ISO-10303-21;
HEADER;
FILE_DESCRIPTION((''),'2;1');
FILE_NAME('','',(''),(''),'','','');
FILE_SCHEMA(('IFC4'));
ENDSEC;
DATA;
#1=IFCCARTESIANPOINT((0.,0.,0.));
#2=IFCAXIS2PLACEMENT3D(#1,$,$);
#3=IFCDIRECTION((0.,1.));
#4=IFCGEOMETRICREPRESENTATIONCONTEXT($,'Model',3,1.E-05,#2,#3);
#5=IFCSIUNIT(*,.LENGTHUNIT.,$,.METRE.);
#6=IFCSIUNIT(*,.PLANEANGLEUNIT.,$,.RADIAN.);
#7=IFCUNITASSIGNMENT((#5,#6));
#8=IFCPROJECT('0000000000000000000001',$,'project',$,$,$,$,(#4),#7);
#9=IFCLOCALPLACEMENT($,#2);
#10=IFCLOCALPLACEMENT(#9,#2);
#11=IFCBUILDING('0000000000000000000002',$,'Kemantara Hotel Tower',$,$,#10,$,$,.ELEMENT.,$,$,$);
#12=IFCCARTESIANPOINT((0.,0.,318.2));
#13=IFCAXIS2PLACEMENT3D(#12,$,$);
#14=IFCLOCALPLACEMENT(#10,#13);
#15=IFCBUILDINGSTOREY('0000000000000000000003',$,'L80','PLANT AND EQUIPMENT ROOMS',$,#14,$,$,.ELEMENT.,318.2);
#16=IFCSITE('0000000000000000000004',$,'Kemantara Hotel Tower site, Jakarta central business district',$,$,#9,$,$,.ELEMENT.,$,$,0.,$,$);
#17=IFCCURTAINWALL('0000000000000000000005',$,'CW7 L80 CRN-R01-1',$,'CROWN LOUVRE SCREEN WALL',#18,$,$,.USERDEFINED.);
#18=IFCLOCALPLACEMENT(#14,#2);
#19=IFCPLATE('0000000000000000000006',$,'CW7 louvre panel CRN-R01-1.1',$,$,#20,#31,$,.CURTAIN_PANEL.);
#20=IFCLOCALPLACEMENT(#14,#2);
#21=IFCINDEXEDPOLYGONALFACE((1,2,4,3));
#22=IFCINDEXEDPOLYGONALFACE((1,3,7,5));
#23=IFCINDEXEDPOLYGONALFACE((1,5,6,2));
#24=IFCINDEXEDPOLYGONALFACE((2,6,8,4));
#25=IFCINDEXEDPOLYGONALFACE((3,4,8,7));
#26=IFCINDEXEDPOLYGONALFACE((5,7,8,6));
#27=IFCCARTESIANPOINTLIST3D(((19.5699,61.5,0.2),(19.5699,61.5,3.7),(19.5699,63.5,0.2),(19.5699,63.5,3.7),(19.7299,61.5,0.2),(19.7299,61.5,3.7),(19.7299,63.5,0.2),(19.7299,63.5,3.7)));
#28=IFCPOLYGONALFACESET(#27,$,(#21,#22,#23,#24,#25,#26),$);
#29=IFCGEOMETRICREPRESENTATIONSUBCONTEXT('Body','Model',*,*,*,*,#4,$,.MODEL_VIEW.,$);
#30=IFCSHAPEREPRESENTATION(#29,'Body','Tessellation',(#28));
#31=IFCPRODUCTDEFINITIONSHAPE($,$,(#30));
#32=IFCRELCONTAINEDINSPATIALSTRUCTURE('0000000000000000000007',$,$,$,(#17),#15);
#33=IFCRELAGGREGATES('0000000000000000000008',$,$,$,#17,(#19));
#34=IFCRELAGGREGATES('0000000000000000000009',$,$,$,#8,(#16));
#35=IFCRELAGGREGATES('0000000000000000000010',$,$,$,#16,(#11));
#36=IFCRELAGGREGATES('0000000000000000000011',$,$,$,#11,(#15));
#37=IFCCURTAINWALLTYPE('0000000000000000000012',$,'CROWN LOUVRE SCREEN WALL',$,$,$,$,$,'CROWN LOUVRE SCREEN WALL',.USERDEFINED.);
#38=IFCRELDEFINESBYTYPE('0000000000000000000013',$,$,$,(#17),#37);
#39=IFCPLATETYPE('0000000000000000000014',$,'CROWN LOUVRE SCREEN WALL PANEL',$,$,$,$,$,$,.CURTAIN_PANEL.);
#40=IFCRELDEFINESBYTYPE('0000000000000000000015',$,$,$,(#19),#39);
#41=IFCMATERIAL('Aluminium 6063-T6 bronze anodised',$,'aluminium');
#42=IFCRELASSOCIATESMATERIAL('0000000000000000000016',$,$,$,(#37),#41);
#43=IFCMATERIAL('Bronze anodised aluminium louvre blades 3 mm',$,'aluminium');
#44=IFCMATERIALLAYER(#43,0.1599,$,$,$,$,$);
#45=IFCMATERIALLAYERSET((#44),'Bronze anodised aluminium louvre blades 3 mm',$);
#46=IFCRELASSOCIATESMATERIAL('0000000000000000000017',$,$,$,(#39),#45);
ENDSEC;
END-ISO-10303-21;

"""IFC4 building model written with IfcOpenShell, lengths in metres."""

from ifc_helpers import new_model, si_unit, direction, frame, origin, origin_2d, place, context, subcontext, project, spatial, rectangle, extrude, source, transform, mapped, material, layer, layer_set, type_object, element, aggregate, save


model = new_model("IFC4")

# Units and contexts
model_context = context("Model", 3, precision=1e-05, world=origin(), true_north=direction((0.0, 1.0)))
body_context = subcontext(model_context, "Body", "Model", "MODEL_VIEW")
ifc_project = project(units=[si_unit("LENGTHUNIT", "METRE"), si_unit("PLANEANGLEUNIT", "RADIAN")], contexts=[model_context])

# Site, building, storey
site_placement = place(None, origin())
site = spatial("IfcSite", under=ifc_project, at=site_placement, Name="Kemantara Hotel Tower site, Jakarta central business district", CompositionType="ELEMENT", RefElevation=0.0)
building_placement = place(site_placement, origin())
building = spatial("IfcBuilding", under=site, at=building_placement, Name="Kemantara Hotel Tower", CompositionType="ELEMENT")
storey_placement = place(building_placement, frame((0.0, 0.0, 318.2)))
storey = spatial("IfcBuildingStorey", under=building, at=storey_placement, Name="L80", Description="PLANT AND EQUIPMENT ROOMS", CompositionType="ELEMENT", Elevation=318.2)

# Curtain wall
ifc_material_1 = material(Name="Aluminium 6063-T6 bronze anodised", Category="aluminium")
curtain_wall_type = type_object("IfcCurtainWallType", Name="CROWN LOUVRE SCREEN WALL", ElementType="CROWN LOUVRE SCREEN WALL", PredefinedType="USERDEFINED", material=ifc_material_1)
curtain_wall_1_placement = place(storey_placement, origin())
curtain_wall_1 = element("IfcCurtainWall", 1, at=curtain_wall_1_placement, inside=storey, type_object=curtain_wall_type, Name="CW7 L80 CRN-R01-1", ObjectType="CROWN LOUVRE SCREEN WALL", PredefinedType="USERDEFINED")

# Plate
ifc_material_2 = material(Name="Bronze anodised aluminium louvre blades 3 mm", Category="aluminium")
ifc_layer = layer(ifc_material_2, 0.1599)
ifc_layer_set = layer_set([ifc_layer], Name="Bronze anodised aluminium louvre blades 3 mm")
plate_type = type_object("IfcPlateType", Name="CROWN LOUVRE SCREEN WALL PANEL", PredefinedType="CURTAIN_PANEL", material=ifc_layer_set)
shared_shape_1 = source(origin(), body_context, "Body", "SweptSolid", [
    extrude(rectangle(XDim=2.0, YDim=0.1599, at=origin_2d()), origin(), (0.0, 0.0, 1.0), 3.5),
])
plate_1_placement = place(storey_placement, frame((19.6499, 62.5, 0.2), z_axis=(0.0, 0.0, 1.0), x_axis=(0.0, 1.0, 0.0)))
plate_1 = element("IfcPlate", 2, at=plate_1_placement, type_object=plate_type, Name="CW7 louvre panel CRN-R01-1.1", PredefinedType="CURTAIN_PANEL", context=body_context, shape_type="MappedRepresentation", body=[
    mapped(shared_shape_1, transform((0.0, 0.0, 0.0))),
])
aggregate(curtain_wall_1, [plate_1])

save(model, "model.ifc")
